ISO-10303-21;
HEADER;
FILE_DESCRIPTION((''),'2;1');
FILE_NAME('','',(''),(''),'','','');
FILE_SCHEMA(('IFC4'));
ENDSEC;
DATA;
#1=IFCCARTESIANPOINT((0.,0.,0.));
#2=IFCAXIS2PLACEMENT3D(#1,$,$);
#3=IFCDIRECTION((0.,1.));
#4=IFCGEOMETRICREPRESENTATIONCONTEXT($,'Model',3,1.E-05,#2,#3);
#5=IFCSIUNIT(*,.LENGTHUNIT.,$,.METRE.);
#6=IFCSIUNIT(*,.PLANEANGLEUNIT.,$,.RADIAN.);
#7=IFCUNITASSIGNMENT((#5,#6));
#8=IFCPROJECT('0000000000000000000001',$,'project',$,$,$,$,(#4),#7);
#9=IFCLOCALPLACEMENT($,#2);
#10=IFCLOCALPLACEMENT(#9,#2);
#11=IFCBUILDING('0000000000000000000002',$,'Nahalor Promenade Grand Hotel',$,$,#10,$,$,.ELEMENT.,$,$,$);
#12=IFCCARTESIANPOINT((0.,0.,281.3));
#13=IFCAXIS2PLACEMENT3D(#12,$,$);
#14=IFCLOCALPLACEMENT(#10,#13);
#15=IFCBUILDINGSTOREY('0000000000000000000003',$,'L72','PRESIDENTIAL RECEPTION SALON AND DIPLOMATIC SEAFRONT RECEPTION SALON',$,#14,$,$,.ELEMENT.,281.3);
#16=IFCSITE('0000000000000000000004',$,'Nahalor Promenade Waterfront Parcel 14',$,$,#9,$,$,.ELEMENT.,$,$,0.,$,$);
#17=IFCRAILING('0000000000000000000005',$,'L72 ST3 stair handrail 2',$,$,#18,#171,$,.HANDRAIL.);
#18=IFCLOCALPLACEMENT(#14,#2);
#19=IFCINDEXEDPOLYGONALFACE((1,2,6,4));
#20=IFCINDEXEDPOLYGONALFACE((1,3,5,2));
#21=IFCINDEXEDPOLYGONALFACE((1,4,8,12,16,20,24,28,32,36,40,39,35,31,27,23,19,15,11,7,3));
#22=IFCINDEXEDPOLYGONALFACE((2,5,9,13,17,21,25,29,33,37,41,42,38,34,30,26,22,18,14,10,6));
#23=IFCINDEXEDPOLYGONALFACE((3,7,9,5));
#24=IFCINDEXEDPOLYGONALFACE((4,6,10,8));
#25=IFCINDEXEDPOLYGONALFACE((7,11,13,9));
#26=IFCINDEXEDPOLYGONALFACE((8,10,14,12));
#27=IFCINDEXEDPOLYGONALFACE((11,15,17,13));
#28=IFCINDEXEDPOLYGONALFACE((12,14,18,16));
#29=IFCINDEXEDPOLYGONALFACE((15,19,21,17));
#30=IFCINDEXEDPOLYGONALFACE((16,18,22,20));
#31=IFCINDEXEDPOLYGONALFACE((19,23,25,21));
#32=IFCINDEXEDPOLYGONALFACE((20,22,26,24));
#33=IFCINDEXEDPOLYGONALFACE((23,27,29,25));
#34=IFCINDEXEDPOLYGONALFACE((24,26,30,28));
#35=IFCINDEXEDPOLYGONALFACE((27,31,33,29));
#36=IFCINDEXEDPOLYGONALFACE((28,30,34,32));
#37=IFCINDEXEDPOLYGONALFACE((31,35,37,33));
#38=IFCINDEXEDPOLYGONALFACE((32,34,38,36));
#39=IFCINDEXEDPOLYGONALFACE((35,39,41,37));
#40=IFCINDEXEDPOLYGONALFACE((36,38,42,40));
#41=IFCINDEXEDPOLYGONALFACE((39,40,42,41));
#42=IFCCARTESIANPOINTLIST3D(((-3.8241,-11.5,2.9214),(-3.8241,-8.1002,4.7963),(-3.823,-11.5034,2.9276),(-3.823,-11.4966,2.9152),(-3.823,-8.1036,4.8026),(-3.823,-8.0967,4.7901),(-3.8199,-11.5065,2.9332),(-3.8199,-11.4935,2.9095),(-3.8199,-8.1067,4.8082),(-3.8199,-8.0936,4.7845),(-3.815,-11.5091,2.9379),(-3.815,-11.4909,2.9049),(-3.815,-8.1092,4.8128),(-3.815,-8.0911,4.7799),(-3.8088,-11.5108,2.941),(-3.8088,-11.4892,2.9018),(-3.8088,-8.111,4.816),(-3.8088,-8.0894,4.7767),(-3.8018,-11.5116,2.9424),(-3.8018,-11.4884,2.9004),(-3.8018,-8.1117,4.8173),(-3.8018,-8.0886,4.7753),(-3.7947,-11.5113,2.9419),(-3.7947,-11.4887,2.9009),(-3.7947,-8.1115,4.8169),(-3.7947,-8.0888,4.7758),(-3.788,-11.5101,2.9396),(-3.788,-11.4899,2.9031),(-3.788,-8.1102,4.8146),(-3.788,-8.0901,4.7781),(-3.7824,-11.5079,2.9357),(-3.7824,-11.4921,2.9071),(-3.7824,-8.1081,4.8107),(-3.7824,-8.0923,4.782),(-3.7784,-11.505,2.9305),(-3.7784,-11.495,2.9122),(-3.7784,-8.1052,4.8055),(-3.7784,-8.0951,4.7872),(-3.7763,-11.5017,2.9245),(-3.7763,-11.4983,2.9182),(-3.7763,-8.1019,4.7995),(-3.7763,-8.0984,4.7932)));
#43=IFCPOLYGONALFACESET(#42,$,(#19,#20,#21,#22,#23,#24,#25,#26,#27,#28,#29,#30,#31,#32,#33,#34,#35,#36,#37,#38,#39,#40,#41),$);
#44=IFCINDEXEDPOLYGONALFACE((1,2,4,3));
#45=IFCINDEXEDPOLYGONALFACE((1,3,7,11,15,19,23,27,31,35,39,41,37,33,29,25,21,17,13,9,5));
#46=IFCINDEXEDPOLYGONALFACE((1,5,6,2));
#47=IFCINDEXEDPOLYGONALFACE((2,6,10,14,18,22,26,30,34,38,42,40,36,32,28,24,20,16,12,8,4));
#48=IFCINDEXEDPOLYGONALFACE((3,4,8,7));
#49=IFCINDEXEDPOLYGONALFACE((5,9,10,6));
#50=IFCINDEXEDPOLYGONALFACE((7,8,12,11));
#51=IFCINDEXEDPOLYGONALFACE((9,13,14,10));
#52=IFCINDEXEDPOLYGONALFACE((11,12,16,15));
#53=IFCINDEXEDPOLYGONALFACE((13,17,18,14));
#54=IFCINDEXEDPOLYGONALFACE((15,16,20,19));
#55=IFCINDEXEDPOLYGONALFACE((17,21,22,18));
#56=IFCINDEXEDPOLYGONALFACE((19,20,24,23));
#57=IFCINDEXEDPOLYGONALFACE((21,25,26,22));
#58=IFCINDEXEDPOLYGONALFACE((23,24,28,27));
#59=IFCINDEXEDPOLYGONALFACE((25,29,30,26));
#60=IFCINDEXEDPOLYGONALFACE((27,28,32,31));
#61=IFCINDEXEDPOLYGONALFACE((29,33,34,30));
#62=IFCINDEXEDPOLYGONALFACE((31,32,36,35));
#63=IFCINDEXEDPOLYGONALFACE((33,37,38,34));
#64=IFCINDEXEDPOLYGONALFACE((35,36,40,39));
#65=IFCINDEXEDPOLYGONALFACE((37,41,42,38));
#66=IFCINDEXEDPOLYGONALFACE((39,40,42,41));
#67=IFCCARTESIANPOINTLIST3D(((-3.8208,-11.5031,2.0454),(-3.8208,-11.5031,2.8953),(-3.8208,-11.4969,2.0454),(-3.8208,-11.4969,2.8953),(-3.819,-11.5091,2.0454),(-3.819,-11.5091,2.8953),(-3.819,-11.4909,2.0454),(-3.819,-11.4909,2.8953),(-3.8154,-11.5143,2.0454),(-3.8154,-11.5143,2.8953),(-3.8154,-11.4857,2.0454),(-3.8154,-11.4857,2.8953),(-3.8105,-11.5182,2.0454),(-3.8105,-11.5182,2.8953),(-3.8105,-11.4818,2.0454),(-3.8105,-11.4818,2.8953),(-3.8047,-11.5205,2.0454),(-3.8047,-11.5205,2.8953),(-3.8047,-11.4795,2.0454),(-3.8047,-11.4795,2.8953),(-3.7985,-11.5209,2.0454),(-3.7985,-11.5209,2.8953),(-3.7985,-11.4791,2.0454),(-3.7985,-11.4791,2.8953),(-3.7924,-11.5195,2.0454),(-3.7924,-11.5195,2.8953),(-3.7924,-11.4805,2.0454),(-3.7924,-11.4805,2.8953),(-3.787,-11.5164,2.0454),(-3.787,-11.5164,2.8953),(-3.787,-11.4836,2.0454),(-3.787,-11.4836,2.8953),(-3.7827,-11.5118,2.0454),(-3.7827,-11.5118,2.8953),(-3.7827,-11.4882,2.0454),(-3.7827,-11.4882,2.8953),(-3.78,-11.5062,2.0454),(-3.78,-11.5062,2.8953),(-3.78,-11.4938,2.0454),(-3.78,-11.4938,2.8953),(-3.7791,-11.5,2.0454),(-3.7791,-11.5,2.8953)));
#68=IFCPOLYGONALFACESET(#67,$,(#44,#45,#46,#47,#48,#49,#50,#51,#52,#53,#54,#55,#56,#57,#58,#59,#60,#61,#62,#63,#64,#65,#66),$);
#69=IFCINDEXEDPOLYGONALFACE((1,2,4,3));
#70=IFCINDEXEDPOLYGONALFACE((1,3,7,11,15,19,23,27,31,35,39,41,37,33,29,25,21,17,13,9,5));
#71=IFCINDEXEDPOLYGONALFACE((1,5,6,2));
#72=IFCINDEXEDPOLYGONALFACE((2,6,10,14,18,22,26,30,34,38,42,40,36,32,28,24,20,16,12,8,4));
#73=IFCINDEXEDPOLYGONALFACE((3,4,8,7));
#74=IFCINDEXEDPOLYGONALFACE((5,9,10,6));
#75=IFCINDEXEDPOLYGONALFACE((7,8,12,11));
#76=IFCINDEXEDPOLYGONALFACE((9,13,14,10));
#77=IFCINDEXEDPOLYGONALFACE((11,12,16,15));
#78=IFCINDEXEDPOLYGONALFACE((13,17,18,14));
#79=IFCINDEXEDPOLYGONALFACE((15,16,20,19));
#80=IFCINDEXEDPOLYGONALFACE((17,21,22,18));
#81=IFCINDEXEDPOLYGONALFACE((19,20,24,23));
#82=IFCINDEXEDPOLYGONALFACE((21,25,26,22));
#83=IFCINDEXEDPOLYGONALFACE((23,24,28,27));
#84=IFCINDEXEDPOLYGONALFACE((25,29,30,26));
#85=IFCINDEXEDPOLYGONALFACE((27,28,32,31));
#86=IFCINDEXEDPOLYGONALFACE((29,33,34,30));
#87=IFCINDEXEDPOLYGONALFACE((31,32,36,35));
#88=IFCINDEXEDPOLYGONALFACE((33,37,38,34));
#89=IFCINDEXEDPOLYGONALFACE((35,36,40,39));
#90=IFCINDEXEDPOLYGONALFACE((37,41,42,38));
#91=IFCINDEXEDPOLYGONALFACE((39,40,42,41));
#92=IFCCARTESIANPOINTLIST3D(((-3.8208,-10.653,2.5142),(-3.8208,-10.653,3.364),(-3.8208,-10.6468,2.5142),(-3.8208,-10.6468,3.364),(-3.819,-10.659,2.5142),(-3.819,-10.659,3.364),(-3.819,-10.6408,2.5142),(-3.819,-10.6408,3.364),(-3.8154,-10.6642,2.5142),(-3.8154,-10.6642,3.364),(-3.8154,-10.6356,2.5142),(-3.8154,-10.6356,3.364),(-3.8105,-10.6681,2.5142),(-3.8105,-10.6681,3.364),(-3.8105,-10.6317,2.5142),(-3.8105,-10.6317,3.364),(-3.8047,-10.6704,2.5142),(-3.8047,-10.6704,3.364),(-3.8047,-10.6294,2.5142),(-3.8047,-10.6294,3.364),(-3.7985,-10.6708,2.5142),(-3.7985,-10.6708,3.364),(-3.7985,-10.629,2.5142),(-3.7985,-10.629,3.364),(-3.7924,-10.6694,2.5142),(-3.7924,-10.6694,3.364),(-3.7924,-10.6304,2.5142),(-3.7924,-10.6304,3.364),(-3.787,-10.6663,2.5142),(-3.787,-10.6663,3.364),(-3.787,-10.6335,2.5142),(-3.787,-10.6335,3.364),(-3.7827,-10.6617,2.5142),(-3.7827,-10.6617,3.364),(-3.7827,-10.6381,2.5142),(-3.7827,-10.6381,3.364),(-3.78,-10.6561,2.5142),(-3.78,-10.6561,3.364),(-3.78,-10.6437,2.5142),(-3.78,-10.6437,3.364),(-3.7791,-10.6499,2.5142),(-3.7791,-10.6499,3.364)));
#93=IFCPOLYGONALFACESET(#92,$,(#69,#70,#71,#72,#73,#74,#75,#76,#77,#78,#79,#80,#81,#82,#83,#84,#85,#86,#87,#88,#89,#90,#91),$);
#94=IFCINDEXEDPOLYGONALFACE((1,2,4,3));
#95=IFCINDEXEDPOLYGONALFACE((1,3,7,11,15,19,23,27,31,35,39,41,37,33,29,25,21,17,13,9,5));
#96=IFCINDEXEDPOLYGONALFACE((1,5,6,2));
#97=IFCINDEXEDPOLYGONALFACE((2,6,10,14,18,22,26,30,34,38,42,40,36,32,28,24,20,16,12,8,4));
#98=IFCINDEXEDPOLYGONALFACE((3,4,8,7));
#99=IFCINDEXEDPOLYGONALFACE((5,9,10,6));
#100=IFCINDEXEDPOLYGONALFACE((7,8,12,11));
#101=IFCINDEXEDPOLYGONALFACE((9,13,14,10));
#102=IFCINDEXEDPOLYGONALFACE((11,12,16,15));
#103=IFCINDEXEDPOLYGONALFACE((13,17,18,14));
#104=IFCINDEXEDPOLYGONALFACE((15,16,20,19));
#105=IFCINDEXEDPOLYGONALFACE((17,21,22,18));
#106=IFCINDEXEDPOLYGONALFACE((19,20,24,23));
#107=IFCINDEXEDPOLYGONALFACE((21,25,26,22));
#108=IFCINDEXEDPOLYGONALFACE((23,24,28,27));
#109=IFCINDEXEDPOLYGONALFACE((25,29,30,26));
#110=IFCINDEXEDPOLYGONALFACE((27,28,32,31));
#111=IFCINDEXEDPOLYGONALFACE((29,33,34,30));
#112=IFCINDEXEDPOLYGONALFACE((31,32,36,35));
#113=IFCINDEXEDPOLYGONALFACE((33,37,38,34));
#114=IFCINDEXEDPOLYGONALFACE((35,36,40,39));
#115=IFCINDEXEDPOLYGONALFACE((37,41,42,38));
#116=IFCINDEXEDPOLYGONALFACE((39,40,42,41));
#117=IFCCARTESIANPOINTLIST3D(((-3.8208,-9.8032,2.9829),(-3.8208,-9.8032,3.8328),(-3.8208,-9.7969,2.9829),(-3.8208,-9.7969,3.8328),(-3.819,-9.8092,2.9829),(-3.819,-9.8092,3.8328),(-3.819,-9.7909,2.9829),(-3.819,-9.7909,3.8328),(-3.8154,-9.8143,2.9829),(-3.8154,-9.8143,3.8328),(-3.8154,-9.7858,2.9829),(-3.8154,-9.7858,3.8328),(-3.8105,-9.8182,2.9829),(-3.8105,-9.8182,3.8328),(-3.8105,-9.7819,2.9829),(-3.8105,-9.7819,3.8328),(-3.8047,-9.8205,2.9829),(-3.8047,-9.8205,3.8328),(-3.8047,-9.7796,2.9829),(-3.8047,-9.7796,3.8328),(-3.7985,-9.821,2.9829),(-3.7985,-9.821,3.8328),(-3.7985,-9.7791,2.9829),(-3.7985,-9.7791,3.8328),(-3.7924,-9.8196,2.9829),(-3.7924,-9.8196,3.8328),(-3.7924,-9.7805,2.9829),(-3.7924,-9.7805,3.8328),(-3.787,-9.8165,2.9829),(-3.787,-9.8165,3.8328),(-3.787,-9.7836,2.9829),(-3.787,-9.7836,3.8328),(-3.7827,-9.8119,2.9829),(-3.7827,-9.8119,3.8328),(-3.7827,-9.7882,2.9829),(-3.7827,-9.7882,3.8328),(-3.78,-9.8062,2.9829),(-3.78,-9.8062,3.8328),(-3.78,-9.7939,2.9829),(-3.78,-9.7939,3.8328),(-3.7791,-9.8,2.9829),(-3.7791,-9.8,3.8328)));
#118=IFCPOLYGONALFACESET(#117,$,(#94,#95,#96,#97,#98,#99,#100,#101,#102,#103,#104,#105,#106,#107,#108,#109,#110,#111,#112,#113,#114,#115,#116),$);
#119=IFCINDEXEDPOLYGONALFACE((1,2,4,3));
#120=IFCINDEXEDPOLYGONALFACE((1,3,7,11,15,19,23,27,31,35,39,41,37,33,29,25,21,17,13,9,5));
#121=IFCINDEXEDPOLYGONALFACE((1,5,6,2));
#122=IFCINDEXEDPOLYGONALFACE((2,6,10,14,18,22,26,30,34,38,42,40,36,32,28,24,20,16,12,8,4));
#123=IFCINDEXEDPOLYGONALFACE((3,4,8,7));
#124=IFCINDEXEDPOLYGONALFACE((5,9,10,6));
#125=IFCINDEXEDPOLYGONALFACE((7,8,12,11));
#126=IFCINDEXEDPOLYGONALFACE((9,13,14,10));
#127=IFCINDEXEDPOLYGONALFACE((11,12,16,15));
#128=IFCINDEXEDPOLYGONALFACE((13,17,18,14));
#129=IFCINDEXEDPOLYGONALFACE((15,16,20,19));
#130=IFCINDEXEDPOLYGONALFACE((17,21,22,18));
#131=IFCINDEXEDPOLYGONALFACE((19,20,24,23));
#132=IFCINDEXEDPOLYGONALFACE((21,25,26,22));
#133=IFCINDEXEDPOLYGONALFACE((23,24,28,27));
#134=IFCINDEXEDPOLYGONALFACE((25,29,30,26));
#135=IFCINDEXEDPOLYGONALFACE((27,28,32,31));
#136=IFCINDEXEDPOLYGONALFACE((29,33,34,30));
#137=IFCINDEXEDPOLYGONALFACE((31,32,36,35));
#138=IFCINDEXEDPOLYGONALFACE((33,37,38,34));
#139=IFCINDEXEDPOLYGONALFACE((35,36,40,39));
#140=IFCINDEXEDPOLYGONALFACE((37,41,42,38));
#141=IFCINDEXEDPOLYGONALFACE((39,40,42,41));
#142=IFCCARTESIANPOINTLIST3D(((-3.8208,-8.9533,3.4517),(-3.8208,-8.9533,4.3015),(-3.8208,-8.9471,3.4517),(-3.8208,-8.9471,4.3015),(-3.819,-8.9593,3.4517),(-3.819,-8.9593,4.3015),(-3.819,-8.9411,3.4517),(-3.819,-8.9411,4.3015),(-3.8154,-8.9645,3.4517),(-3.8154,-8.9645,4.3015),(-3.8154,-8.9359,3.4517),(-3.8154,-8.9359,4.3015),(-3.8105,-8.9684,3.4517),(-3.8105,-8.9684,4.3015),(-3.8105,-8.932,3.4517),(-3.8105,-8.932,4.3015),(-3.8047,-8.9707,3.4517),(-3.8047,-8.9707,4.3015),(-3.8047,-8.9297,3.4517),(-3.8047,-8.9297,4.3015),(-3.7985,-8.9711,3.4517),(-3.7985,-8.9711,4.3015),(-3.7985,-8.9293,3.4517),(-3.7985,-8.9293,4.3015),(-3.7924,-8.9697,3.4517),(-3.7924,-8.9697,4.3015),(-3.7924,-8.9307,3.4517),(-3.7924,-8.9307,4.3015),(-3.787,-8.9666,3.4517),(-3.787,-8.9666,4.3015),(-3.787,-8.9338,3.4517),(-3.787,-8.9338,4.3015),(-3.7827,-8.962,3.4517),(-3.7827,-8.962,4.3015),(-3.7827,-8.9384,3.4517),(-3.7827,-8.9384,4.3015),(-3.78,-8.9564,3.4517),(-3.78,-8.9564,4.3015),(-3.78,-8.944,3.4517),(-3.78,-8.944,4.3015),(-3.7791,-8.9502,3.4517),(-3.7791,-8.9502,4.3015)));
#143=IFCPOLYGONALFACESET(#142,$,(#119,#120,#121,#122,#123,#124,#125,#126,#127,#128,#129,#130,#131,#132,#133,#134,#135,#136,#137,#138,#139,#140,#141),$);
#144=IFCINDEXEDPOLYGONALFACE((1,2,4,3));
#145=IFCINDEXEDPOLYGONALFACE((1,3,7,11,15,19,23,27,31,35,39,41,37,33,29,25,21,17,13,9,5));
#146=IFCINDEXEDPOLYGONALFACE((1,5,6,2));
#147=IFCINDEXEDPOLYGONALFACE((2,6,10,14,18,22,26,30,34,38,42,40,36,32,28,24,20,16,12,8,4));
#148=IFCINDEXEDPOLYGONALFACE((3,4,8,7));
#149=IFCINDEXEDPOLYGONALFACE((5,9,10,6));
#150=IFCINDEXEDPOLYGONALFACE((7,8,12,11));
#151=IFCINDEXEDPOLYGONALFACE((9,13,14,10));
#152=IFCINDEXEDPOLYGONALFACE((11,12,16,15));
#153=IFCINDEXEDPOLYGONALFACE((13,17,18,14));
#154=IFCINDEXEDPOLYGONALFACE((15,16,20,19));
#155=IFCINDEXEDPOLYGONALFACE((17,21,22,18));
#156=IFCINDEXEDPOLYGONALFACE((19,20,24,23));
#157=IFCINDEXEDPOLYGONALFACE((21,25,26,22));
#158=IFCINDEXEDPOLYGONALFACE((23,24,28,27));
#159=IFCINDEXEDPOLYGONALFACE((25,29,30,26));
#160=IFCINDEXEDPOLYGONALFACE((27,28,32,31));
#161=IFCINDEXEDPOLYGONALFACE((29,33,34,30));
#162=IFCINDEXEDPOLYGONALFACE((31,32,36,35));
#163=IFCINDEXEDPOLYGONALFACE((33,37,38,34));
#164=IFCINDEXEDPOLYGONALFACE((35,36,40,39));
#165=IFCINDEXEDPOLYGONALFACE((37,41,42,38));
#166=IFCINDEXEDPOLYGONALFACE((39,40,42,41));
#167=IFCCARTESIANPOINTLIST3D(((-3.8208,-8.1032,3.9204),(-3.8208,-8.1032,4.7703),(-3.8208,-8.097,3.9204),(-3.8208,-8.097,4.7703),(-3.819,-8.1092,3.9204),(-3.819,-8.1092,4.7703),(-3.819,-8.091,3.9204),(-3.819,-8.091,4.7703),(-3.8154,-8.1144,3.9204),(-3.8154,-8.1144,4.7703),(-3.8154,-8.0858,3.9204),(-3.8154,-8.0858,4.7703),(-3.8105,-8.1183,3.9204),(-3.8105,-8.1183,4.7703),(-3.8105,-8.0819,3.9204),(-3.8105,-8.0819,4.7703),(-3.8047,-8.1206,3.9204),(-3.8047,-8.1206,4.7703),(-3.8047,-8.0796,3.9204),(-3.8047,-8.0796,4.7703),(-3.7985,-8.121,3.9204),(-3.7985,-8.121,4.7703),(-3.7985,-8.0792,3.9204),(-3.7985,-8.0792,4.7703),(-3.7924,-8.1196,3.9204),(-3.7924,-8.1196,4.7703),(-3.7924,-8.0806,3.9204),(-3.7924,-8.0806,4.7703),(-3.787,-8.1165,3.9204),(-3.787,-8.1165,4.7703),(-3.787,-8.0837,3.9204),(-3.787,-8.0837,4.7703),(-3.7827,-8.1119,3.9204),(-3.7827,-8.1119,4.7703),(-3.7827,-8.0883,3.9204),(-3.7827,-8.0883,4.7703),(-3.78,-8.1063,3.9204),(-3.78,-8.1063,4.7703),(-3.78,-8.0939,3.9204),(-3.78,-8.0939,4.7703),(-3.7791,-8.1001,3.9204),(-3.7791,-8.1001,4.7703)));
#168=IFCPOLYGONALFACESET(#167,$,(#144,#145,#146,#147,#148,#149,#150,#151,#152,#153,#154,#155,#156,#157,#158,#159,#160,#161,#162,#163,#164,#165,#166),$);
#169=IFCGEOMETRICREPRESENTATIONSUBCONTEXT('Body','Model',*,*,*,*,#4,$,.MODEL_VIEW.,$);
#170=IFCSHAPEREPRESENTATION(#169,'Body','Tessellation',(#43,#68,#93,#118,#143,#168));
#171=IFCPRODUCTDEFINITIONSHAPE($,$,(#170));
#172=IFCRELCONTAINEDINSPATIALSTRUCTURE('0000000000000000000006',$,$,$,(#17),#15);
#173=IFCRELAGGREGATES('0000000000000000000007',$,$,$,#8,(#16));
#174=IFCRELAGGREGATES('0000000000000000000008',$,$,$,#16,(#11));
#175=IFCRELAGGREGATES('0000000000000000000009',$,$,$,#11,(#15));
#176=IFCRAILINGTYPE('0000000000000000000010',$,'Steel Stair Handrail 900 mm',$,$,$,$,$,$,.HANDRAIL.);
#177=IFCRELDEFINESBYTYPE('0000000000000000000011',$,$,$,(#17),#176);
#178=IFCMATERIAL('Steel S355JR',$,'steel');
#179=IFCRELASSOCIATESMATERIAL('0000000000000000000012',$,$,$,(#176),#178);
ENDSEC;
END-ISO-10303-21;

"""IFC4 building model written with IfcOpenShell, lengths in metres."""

from ifc_helpers import new_model, si_unit, direction, frame, origin, origin_2d, place, context, subcontext, project, spatial, circle, extrude, material, type_object, element, save


model = new_model("IFC4")

# Units and contexts
model_context = context("Model", 3, precision=1e-05, world=origin(), true_north=direction((0.0, 1.0)))
body_context = subcontext(model_context, "Body", "Model", "MODEL_VIEW")
ifc_project = project(units=[si_unit("LENGTHUNIT", "METRE"), si_unit("PLANEANGLEUNIT", "RADIAN")], contexts=[model_context])

# Site, building, storey
site_placement = place(None, origin())
site = spatial("IfcSite", under=ifc_project, at=site_placement, Name="Nahalor Promenade Waterfront Parcel 14", CompositionType="ELEMENT", RefElevation=0.0)
building_placement = place(site_placement, origin())
building = spatial("IfcBuilding", under=site, at=building_placement, Name="Nahalor Promenade Grand Hotel", CompositionType="ELEMENT")
storey_placement = place(building_placement, frame((0.0, 0.0, 281.3)))
storey = spatial("IfcBuildingStorey", under=building, at=storey_placement, Name="L72", Description="PRESIDENTIAL RECEPTION SALON AND DIPLOMATIC SEAFRONT RECEPTION SALON", CompositionType="ELEMENT", Elevation=281.3)

# Shared definitions
ifc_material_1 = material(Name="Steel S355JR", Category="steel")

# Railing
railing_type_1 = type_object("IfcRailingType", Name="Steel Stair Handrail 900 mm", PredefinedType="HANDRAIL", material=ifc_material_1)
railing_1_placement = place(storey_placement, frame((-3.8, -11.5, 2.0454)))
element("IfcRailing", 1, at=railing_1_placement, inside=storey, type_object=railing_type_1, Name="L72 ST3 stair handrail 2", PredefinedType="HANDRAIL", context=body_context, shape_type="SweptSolid", body=[
    extrude(circle(Radius=0.024, at=origin_2d()), frame((0.0, 0.0, 0.876), z_axis=(0.0, 0.875666, 0.482918), x_axis=(-1.0, 0.0, 0.0)), (0.0, 0.0, 1.0), 3.8826),
    extrude(circle(Radius=0.021, at=origin_2d()), origin(), (0.0, 0.0, 1.0), 0.8499),
    extrude(circle(Radius=0.021, at=origin_2d()), frame((0.0, 0.8501, 0.4688)), (0.0, 0.0, 1.0), 0.8499),
    extrude(circle(Radius=0.021, at=origin_2d()), frame((0.0, 1.7, 0.9375)), (0.0, 0.0, 1.0), 0.8499),
    extrude(circle(Radius=0.021, at=origin_2d()), frame((0.0, 2.5498, 1.4062)), (0.0, 0.0, 1.0), 0.8499),
    extrude(circle(Radius=0.021, at=origin_2d()), frame((0.0, 3.3999, 1.875)), (0.0, 0.0, 1.0), 0.8499),
])

save(model, "model.ifc")
